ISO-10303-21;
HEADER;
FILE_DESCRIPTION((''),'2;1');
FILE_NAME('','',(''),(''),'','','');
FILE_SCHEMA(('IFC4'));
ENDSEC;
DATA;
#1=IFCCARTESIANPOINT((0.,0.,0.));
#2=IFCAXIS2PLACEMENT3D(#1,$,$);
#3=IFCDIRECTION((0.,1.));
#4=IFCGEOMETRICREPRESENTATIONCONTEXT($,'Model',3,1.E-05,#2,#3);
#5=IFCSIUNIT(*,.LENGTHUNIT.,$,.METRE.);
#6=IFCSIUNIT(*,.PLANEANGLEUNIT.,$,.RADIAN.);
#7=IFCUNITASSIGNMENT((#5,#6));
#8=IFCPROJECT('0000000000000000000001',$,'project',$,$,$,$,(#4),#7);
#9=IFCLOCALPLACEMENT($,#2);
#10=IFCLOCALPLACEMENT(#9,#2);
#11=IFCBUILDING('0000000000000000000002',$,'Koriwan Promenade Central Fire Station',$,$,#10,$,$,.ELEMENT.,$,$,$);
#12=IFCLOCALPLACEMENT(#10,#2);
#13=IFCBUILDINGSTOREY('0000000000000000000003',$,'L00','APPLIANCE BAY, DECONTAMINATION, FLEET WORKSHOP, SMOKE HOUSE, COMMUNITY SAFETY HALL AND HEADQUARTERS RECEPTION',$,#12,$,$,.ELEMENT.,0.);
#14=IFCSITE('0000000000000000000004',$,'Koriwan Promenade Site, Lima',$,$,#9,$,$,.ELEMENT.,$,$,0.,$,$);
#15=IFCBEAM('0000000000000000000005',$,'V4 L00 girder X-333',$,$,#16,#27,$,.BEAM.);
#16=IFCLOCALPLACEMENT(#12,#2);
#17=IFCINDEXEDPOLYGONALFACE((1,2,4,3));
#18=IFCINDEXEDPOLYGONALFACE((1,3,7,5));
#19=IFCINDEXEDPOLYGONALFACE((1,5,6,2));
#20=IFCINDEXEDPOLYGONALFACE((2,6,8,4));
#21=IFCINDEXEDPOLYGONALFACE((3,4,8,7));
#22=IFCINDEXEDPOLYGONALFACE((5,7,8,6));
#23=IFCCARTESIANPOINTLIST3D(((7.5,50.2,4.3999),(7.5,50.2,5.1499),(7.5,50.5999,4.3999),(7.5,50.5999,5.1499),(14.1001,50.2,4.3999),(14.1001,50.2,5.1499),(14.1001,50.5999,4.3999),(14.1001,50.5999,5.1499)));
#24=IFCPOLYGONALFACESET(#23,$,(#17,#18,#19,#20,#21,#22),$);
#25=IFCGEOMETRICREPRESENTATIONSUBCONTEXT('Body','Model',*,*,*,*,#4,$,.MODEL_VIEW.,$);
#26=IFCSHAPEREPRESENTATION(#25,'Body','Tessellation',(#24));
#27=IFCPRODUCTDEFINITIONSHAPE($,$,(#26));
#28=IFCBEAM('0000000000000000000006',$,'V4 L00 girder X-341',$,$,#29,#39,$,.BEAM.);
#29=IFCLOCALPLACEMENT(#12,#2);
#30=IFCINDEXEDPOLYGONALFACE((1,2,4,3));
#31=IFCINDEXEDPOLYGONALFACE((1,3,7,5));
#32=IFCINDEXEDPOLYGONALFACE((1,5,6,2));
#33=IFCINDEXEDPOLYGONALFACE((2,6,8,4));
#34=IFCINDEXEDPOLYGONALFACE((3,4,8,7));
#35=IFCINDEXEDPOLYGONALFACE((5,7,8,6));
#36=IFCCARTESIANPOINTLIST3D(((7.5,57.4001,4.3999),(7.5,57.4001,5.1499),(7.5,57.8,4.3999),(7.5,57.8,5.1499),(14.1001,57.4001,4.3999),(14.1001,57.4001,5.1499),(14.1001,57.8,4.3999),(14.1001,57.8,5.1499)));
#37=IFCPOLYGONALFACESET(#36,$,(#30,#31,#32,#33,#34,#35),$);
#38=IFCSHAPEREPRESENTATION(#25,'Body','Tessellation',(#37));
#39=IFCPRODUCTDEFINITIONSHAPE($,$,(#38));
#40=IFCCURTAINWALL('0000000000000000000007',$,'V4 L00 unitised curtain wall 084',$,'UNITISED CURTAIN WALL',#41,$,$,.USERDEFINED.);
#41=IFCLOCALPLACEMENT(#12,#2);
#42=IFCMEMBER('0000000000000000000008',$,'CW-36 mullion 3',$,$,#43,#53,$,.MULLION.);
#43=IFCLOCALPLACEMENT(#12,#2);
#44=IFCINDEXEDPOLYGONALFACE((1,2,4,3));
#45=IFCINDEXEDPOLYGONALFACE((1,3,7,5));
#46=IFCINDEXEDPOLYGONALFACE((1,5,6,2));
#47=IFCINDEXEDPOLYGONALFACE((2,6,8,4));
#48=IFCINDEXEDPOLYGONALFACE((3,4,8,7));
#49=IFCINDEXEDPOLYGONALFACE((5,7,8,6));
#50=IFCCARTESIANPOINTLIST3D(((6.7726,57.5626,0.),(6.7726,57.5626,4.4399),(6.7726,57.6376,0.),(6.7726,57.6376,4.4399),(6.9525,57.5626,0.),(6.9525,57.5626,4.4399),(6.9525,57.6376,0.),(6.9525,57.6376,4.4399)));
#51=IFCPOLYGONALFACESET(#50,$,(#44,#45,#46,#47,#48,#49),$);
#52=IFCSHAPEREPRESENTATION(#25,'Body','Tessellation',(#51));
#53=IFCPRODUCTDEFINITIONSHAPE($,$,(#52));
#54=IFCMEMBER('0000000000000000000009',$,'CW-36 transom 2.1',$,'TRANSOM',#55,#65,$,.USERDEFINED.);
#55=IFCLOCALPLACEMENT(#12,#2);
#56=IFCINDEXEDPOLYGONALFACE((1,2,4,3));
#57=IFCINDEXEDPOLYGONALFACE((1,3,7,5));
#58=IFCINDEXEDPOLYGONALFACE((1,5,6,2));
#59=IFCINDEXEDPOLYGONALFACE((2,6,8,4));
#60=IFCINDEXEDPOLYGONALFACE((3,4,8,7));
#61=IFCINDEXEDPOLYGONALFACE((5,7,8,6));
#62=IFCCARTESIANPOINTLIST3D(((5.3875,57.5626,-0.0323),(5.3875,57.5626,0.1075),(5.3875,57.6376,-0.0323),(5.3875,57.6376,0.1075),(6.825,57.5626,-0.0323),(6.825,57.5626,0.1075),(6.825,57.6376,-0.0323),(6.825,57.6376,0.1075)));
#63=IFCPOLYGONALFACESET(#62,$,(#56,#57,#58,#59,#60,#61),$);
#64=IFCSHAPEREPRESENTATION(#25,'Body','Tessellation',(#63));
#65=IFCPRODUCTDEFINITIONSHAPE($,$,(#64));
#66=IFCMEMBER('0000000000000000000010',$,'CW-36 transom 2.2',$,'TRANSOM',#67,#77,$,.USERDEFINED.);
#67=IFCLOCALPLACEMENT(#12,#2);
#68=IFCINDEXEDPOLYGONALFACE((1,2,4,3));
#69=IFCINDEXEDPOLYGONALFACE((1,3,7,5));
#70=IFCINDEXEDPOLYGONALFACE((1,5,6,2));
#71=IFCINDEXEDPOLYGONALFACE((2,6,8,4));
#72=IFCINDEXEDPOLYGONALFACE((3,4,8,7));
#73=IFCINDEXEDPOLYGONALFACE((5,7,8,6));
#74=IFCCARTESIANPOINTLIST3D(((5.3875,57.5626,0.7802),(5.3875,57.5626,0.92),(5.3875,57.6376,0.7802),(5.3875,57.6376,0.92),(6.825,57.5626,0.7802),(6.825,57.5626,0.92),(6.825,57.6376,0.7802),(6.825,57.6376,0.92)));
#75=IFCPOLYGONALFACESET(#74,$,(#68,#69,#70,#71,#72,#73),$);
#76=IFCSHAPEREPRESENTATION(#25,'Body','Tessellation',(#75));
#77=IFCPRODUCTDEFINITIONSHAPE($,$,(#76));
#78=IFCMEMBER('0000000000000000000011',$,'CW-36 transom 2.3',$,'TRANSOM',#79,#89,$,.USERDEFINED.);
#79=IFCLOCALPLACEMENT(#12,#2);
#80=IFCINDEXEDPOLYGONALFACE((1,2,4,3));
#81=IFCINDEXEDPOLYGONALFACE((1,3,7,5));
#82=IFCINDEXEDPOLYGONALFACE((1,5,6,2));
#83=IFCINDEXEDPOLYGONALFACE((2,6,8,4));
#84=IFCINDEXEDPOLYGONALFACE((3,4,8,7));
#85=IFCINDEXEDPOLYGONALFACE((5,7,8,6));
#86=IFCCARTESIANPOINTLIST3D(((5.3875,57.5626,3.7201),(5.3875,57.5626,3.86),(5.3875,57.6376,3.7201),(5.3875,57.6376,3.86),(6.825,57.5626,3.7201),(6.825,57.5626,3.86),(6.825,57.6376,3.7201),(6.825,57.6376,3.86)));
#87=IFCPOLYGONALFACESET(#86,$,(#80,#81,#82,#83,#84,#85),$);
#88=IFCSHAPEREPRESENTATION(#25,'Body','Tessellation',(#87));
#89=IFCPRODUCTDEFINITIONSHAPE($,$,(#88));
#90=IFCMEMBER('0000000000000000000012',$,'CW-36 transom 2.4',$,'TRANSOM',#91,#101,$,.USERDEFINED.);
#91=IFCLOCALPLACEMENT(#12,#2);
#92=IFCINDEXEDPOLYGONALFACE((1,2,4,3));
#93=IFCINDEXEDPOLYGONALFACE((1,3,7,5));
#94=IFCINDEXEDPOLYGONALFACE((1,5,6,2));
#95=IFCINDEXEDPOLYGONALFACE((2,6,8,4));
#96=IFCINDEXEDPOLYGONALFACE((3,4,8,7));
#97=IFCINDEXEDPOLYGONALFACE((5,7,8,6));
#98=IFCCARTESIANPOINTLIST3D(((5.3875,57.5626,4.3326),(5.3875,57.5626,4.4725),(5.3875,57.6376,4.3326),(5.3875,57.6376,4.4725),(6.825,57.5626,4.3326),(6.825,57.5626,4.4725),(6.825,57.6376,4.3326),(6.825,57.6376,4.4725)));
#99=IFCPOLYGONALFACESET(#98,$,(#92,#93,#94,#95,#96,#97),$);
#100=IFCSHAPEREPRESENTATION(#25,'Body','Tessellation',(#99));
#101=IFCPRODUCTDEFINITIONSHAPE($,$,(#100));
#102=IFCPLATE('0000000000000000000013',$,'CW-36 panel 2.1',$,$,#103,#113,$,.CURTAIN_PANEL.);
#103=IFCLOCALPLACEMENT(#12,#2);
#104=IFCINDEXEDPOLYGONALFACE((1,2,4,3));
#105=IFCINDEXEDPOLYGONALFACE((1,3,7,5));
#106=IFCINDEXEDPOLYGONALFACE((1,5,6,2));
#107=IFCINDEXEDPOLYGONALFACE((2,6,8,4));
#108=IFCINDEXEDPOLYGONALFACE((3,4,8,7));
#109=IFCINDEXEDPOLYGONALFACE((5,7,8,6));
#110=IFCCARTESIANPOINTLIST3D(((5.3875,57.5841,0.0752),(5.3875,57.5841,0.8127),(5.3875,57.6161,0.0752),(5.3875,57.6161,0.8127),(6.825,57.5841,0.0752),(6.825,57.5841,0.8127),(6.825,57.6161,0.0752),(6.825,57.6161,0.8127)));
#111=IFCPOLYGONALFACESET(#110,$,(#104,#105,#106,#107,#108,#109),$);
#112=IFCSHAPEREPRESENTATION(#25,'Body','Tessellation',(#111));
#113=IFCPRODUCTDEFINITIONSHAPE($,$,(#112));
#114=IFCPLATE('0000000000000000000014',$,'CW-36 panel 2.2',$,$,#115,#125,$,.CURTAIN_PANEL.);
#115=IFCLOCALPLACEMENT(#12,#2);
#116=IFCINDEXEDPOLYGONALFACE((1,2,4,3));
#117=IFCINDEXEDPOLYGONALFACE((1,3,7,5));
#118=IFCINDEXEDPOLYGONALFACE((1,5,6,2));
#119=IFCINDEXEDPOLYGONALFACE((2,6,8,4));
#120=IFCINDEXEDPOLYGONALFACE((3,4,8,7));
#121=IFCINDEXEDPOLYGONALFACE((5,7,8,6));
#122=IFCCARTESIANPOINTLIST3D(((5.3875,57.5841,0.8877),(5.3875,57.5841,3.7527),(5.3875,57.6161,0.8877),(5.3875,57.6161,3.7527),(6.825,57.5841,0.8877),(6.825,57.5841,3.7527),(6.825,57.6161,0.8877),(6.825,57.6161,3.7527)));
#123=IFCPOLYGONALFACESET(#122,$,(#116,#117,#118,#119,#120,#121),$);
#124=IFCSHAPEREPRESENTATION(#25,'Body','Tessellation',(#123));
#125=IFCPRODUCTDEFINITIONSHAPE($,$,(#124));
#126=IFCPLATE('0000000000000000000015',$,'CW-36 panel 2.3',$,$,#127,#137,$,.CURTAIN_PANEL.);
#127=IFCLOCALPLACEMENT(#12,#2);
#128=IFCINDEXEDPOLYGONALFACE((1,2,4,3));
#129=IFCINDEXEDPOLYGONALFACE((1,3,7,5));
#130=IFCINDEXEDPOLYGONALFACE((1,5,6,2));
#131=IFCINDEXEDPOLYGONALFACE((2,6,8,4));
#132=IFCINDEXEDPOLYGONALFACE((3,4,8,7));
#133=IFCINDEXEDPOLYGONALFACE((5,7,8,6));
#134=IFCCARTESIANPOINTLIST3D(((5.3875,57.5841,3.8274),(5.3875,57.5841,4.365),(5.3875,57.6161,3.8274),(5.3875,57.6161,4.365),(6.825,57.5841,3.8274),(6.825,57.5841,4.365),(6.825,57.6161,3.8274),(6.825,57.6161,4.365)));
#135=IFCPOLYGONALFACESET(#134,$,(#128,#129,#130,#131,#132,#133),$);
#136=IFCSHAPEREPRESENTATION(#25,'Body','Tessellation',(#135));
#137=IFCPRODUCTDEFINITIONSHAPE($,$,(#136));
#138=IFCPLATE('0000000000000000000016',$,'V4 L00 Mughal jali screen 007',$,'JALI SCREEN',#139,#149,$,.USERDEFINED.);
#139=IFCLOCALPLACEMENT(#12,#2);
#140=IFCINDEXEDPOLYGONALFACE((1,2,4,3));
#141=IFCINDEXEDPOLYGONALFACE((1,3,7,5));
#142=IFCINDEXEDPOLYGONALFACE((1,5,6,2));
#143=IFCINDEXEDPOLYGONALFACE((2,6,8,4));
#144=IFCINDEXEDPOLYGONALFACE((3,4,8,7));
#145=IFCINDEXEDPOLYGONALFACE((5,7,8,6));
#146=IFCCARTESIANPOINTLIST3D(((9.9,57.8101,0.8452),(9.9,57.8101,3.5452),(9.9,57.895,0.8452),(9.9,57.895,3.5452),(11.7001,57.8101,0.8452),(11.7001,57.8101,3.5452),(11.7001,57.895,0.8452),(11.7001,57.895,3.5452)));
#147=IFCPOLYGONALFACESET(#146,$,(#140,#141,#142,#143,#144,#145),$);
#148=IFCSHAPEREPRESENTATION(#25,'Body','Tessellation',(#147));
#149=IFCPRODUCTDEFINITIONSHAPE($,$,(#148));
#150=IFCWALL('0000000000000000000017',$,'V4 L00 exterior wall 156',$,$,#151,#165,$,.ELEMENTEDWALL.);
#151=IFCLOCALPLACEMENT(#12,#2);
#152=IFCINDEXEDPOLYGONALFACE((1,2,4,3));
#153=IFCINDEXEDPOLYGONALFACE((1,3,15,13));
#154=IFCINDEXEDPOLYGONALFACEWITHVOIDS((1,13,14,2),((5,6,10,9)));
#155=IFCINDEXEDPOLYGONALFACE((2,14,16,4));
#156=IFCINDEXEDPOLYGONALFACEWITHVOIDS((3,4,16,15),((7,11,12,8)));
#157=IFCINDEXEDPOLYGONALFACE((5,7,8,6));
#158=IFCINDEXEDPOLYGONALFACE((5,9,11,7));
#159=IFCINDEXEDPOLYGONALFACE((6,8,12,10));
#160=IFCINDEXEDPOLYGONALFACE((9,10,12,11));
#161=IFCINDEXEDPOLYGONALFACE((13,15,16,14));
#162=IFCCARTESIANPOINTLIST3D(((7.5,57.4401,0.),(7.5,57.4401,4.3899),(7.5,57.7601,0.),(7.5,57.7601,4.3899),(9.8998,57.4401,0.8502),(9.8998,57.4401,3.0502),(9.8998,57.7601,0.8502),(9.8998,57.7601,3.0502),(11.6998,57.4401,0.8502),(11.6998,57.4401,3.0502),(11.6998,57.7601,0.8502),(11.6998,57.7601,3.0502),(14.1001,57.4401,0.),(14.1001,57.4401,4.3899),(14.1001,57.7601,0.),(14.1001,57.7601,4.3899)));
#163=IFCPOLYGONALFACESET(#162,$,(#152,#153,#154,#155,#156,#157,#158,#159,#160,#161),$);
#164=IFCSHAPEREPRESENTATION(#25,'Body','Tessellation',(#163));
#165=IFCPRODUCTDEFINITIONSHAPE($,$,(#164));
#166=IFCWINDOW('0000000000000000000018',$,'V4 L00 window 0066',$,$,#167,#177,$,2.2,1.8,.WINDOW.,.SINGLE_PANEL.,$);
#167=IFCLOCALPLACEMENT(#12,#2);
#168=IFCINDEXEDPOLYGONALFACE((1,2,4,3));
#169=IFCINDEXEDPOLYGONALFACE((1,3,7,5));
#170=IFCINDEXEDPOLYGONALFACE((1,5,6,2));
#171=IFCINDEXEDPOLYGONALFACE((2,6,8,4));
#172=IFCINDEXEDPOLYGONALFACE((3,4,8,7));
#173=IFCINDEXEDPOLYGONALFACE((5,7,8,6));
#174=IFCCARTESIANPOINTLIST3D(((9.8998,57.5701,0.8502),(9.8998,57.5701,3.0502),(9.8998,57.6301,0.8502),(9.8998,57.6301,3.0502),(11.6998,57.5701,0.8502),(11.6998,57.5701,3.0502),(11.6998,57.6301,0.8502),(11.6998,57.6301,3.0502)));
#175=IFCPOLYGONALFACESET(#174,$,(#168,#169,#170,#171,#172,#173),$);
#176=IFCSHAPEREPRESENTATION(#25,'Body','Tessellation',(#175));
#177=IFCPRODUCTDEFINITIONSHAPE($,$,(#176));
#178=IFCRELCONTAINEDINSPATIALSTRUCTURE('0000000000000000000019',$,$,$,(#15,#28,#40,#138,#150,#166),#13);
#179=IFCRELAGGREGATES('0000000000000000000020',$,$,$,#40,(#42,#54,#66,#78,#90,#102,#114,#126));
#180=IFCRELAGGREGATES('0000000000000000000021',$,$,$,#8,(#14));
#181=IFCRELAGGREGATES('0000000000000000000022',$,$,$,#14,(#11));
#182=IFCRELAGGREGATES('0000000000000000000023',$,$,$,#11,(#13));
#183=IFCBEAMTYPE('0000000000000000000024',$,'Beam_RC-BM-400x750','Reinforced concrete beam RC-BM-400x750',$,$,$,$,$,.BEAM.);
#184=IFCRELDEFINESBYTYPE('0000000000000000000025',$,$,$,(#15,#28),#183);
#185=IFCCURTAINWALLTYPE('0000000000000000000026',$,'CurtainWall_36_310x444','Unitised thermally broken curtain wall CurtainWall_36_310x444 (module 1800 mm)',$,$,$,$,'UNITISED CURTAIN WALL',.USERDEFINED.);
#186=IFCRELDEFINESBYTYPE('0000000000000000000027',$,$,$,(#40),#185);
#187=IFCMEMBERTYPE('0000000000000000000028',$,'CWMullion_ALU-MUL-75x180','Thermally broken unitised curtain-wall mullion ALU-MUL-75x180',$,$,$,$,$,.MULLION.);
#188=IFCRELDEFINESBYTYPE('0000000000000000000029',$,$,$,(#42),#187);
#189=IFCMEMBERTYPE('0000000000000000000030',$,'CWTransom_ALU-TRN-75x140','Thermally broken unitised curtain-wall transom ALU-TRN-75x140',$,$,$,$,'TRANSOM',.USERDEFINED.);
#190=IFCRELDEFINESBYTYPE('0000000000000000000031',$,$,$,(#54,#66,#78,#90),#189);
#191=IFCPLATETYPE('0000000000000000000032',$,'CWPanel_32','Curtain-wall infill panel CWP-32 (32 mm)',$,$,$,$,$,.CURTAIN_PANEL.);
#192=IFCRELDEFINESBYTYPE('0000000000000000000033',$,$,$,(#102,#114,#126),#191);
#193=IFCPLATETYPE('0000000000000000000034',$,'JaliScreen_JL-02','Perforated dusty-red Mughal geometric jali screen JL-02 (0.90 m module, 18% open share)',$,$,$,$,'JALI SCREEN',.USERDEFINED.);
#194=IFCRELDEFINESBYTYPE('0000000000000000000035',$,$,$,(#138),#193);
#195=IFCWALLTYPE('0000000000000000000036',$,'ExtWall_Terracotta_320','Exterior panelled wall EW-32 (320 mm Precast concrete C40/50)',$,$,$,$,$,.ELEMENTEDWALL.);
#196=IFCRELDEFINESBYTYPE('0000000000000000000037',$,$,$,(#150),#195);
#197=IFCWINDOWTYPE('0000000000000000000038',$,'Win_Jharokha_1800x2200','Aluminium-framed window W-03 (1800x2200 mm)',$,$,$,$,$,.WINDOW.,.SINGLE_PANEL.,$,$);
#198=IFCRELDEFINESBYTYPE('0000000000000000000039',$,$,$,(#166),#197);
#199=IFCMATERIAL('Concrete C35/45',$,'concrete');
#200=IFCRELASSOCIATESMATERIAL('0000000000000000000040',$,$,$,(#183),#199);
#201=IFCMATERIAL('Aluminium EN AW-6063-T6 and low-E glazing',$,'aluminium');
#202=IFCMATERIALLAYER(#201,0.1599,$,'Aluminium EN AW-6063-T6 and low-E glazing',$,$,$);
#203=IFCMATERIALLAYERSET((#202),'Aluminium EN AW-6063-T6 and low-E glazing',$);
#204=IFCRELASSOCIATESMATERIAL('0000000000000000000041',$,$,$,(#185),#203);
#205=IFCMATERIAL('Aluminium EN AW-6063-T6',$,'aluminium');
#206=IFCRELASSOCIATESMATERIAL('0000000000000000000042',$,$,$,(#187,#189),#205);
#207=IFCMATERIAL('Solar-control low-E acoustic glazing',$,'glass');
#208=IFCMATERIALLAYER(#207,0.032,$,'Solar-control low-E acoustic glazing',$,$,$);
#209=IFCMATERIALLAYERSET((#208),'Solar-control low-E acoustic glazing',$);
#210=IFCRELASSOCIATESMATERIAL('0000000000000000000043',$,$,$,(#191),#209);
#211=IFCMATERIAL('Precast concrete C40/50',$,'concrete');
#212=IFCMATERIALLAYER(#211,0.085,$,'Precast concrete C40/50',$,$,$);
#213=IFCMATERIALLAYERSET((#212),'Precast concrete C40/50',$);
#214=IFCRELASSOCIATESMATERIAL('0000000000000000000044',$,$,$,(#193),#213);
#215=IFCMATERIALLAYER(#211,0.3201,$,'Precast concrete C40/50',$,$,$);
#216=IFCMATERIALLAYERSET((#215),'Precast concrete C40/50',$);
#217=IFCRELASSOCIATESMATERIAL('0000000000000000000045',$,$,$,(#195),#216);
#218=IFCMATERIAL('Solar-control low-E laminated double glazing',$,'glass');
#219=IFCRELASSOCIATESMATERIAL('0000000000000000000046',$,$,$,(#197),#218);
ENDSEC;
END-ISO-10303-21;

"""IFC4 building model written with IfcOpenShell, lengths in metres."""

from ifc_helpers import new_model, si_unit, direction, frame, frame_2d, origin, origin_2d, place, context, subcontext, project, spatial, rectangle, extrude, material, layer, layer_set, material_profile, profile_set, type_object, element, fill, aggregate, save


model = new_model("IFC4")

# Units and contexts
model_context = context("Model", 3, precision=1e-05, world=origin(), true_north=direction((0.0, 1.0)))
body_context = subcontext(model_context, "Body", "Model", "MODEL_VIEW")
ifc_project = project(units=[si_unit("LENGTHUNIT", "METRE"), si_unit("PLANEANGLEUNIT", "RADIAN")], contexts=[model_context])

# Site, building, storey
site_placement = place(None, origin())
site = spatial("IfcSite", under=ifc_project, at=site_placement, Name="Koriwan Promenade Site, Lima", CompositionType="ELEMENT", RefElevation=0.0)
building_placement = place(site_placement, origin())
building = spatial("IfcBuilding", under=site, at=building_placement, Name="Koriwan Promenade Central Fire Station", CompositionType="ELEMENT")
storey_placement = place(building_placement, origin())
storey = spatial("IfcBuildingStorey", under=building, at=storey_placement, Name="L00", Description="APPLIANCE BAY, DECONTAMINATION, FLEET WORKSHOP, SMOKE HOUSE, COMMUNITY SAFETY HALL AND HEADQUARTERS RECEPTION", CompositionType="ELEMENT", Elevation=0.0)

# Shared definitions
ifc_material_1 = material(Name="Concrete C35/45", Category="concrete")

# Beams
ifc_material_profile_1 = material_profile(ifc_material_1, rectangle(XDim=0.3999, YDim=0.75, at=origin_2d()), Name="RC-BM-400x750")
ifc_profile_set_1 = profile_set([ifc_material_profile_1], Name="Concrete C35/45")
beam_type_1 = type_object("IfcBeamType", Name="Beam_RC-BM-400x750", Description="Reinforced concrete beam RC-BM-400x750", PredefinedType="BEAM", material=ifc_profile_set_1)
for number, where, z_axis, x_axis, name in (
    (1, (7.5, 50.3999, 4.7749), (1.0, 0.0, 0.0), (0.0, 1.0, 0.0), "V4 L00 girder X-333"),
    (2, (7.5, 57.6001, 4.7749), (1.0, 0.0, 0.0), (0.0, 1.0, 0.0), "V4 L00 girder X-341"),
):
    element("IfcBeam", number, at=place(storey_placement, frame(where, z_axis=z_axis, x_axis=x_axis)), inside=storey, type_object=beam_type_1, Name=name, PredefinedType="BEAM", context=body_context, shape_type="SweptSolid", body=[
        extrude(rectangle(XDim=0.3999, YDim=0.75, at=origin_2d()), origin(), (0.0, 0.0, 1.0), 6.6001),
    ])

# Curtain wall, members, plates
ifc_material_2 = material(Name="Aluminium EN AW-6063-T6 and low-E glazing", Category="aluminium")
ifc_layer_1 = layer(ifc_material_2, 0.1599, Name="Aluminium EN AW-6063-T6 and low-E glazing")
ifc_layer_set_1 = layer_set([ifc_layer_1], Name="Aluminium EN AW-6063-T6 and low-E glazing")
curtain_wall_type = type_object("IfcCurtainWallType", Name="CurtainWall_36_310x444", Description="Unitised thermally broken curtain wall CurtainWall_36_310x444 (module 1800 mm)", ElementType="UNITISED CURTAIN WALL", PredefinedType="USERDEFINED", material=ifc_layer_set_1)
curtain_wall_placement = place(storey_placement, origin())
curtain_wall = element("IfcCurtainWall", 3, at=curtain_wall_placement, inside=storey, type_object=curtain_wall_type, Name="V4 L00 unitised curtain wall 084", ObjectType="UNITISED CURTAIN WALL", PredefinedType="USERDEFINED")
ifc_material_3 = material(Name="Aluminium EN AW-6063-T6", Category="aluminium")
ifc_material_profile_2 = material_profile(ifc_material_3, rectangle(XDim=0.075, YDim=0.1799, at=origin_2d()), Name="ALU-MUL-75x180")
ifc_profile_set_2 = profile_set([ifc_material_profile_2], Name="Aluminium EN AW-6063-T6")
member_type_1 = type_object("IfcMemberType", Name="CWMullion_ALU-MUL-75x180", Description="Thermally broken unitised curtain-wall mullion ALU-MUL-75x180", PredefinedType="MULLION", material=ifc_profile_set_2)
member_1_placement = place(storey_placement, frame((6.8625, 57.6001, 0.0), z_axis=(0.0, 0.0, 1.0), x_axis=(0.0, 1.0, 0.0)))
member_1 = element("IfcMember", 4, at=member_1_placement, type_object=member_type_1, Name="CW-36 mullion 3", PredefinedType="MULLION", context=body_context, shape_type="SweptSolid", body=[
    extrude(rectangle(XDim=0.075, YDim=0.1799, at=origin_2d()), origin(), (0.0, 0.0, 1.0), 4.4399),
])
ifc_material_profile_3 = material_profile(ifc_material_3, rectangle(XDim=0.075, YDim=0.1399, at=origin_2d()), Name="ALU-TRN-75x140")
ifc_profile_set_3 = profile_set([ifc_material_profile_3], Name="Aluminium EN AW-6063-T6")
member_type_2 = type_object("IfcMemberType", Name="CWTransom_ALU-TRN-75x140", Description="Thermally broken unitised curtain-wall transom ALU-TRN-75x140", ElementType="TRANSOM", PredefinedType="USERDEFINED", material=ifc_profile_set_3)
member_2_placement = place(storey_placement, frame((5.3875, 57.6001, 0.0376), z_axis=(1.0, 0.0, 0.0), x_axis=(0.0, 1.0, 0.0)))
member_2 = element("IfcMember", 5, at=member_2_placement, type_object=member_type_2, Name="CW-36 transom 2.1", ObjectType="TRANSOM", PredefinedType="USERDEFINED", context=body_context, shape_type="SweptSolid", body=[
    extrude(rectangle(XDim=0.075, YDim=0.1399, at=origin_2d()), origin(), (0.0, 0.0, 1.0), 1.4375),
])
member_3_placement = place(storey_placement, frame((5.3875, 57.6001, 0.8501), z_axis=(1.0, 0.0, 0.0), x_axis=(0.0, 1.0, 0.0)))
member_3 = element("IfcMember", 6, at=member_3_placement, type_object=member_type_2, Name="CW-36 transom 2.2", ObjectType="TRANSOM", PredefinedType="USERDEFINED", context=body_context, shape_type="SweptSolid", body=[
    extrude(rectangle(XDim=0.075, YDim=0.1399, at=origin_2d()), origin(), (0.0, 0.0, 1.0), 1.4375),
])
member_4_placement = place(storey_placement, frame((5.3875, 57.6001, 3.79), z_axis=(1.0, 0.0, 0.0), x_axis=(0.0, 1.0, 0.0)))
member_4 = element("IfcMember", 7, at=member_4_placement, type_object=member_type_2, Name="CW-36 transom 2.3", ObjectType="TRANSOM", PredefinedType="USERDEFINED", context=body_context, shape_type="SweptSolid", body=[
    extrude(rectangle(XDim=0.075, YDim=0.1399, at=origin_2d()), origin(), (0.0, 0.0, 1.0), 1.4375),
])
member_5_placement = place(storey_placement, frame((5.3875, 57.6001, 4.4026), z_axis=(1.0, 0.0, 0.0), x_axis=(0.0, 1.0, 0.0)))
member_5 = element("IfcMember", 8, at=member_5_placement, type_object=member_type_2, Name="CW-36 transom 2.4", ObjectType="TRANSOM", PredefinedType="USERDEFINED", context=body_context, shape_type="SweptSolid", body=[
    extrude(rectangle(XDim=0.075, YDim=0.1399, at=origin_2d()), origin(), (0.0, 0.0, 1.0), 1.4375),
])
ifc_material_4 = material(Name="Solar-control low-E acoustic glazing", Category="glass")
ifc_layer_2 = layer(ifc_material_4, 0.032, Name="Solar-control low-E acoustic glazing")
ifc_layer_set_2 = layer_set([ifc_layer_2], Name="Solar-control low-E acoustic glazing")
plate_type_1 = type_object("IfcPlateType", Name="CWPanel_32", Description="Curtain-wall infill panel CWP-32 (32 mm)", PredefinedType="CURTAIN_PANEL", material=ifc_layer_set_2)
plate_1_placement = place(storey_placement, frame((6.1062, 57.6001, 0.0752), z_axis=(0.0, 0.0, 1.0), x_axis=(1.0, 0.0, 0.0)))
plate_1 = element("IfcPlate", 9, at=plate_1_placement, type_object=plate_type_1, Name="CW-36 panel 2.1", PredefinedType="CURTAIN_PANEL", context=body_context, shape_type="SweptSolid", body=[
    extrude(rectangle(XDim=1.4375, YDim=0.032, at=origin_2d()), origin(), (0.0, 0.0, 1.0), 0.7375),
])
plate_2_placement = place(storey_placement, frame((6.1062, 57.6001, 0.8877), z_axis=(0.0, 0.0, 1.0), x_axis=(1.0, 0.0, 0.0)))
plate_2 = element("IfcPlate", 10, at=plate_2_placement, type_object=plate_type_1, Name="CW-36 panel 2.2", PredefinedType="CURTAIN_PANEL", context=body_context, shape_type="SweptSolid", body=[
    extrude(rectangle(XDim=1.4375, YDim=0.032, at=origin_2d()), origin(), (0.0, 0.0, 1.0), 2.865),
])
plate_3_placement = place(storey_placement, frame((6.1062, 57.6001, 3.8274), z_axis=(0.0, 0.0, 1.0), x_axis=(1.0, 0.0, 0.0)))
plate_3 = element("IfcPlate", 11, at=plate_3_placement, type_object=plate_type_1, Name="CW-36 panel 2.3", PredefinedType="CURTAIN_PANEL", context=body_context, shape_type="SweptSolid", body=[
    extrude(rectangle(XDim=1.4375, YDim=0.032, at=origin_2d()), origin(), (0.0, 0.0, 1.0), 0.5376),
])
aggregate(curtain_wall, [member_1, member_2, member_3, member_4, member_5, plate_1, plate_2, plate_3])

# Plate
ifc_material_5 = material(Name="Precast concrete C40/50", Category="concrete")
ifc_layer_3 = layer(ifc_material_5, 0.085, Name="Precast concrete C40/50")
ifc_layer_set_3 = layer_set([ifc_layer_3], Name="Precast concrete C40/50")
plate_type_2 = type_object("IfcPlateType", Name="JaliScreen_JL-02", Description="Perforated dusty-red Mughal geometric jali screen JL-02 (0.90 m module, 18% open share)", ElementType="JALI SCREEN", PredefinedType="USERDEFINED", material=ifc_layer_set_3)
plate_4_placement = place(storey_placement, frame((10.8, 57.8525, 0.8452), z_axis=(0.0, 0.0, 1.0), x_axis=(1.0, 0.0, 0.0)))
element("IfcPlate", 12, at=plate_4_placement, inside=storey, type_object=plate_type_2, Name="V4 L00 Mughal jali screen 007", ObjectType="JALI SCREEN", PredefinedType="USERDEFINED", context=body_context, shape_type="SweptSolid", body=[
    extrude(rectangle(XDim=1.8, YDim=0.085, at=origin_2d()), origin(), (0.0, 0.0, 1.0), 2.7),
])

# Wall, opening, window
ifc_layer_4 = layer(ifc_material_5, 0.3201, Name="Precast concrete C40/50")
ifc_layer_set_4 = layer_set([ifc_layer_4], Name="Precast concrete C40/50")
wall_type_1 = type_object("IfcWallType", Name="ExtWall_Terracotta_320", Description="Exterior panelled wall EW-32 (320 mm Precast concrete C40/50)", PredefinedType="ELEMENTEDWALL", material=ifc_layer_set_4)
wall_1_placement = place(storey_placement, frame((7.5, 57.6001, 0.0), z_axis=(0.0, 0.0, 1.0), x_axis=(1.0, 0.0, 0.0)))
wall_1 = element("IfcWall", 13, at=wall_1_placement, inside=storey, type_object=wall_type_1, Name="V4 L00 exterior wall 156", PredefinedType="ELEMENTEDWALL", context=body_context, shape_type="SweptSolid", body=[
    extrude(rectangle(XDim=6.6001, YDim=0.3201, at=frame_2d((3.3, 0.0))), origin(), (0.0, 0.0, 1.0), 4.3899),
])
opening_placement = place(wall_1_placement, frame((2.3999, 0.0, 0.8501)))
opening = element("IfcOpeningElement", 14, at=opening_placement, cuts=wall_1, PredefinedType="OPENING", context=body_context, shape_type="SweptSolid", body=[
    extrude(rectangle(XDim=1.8, YDim=2.2, at=frame_2d((0.8999, 1.1001))), frame((0.0, 0.1719, 0.0), z_axis=(0.0, -1.0, 0.0), x_axis=(1.0, 0.0, 0.0)), (0.0, 0.0, 1.0), 0.344),
])
ifc_material_6 = material(Name="Solar-control low-E laminated double glazing", Category="glass")
window_type = type_object("IfcWindowType", Name="Win_Jharokha_1800x2200", Description="Aluminium-framed window W-03 (1800x2200 mm)", PartitioningType="SINGLE_PANEL", PredefinedType="WINDOW", material=ifc_material_6)
window_placement = place(opening_placement, origin())
window = element("IfcWindow", 15, at=window_placement, inside=storey, type_object=window_type, Name="V4 L00 window 0066", OverallHeight=2.2, OverallWidth=1.8, PartitioningType="SINGLE_PANEL", PredefinedType="WINDOW", context=body_context, shape_type="SweptSolid", body=[
    extrude(rectangle(XDim=1.8, YDim=2.2, at=frame_2d((0.8999, 1.1001))), frame((0.0, 0.03, 0.0), z_axis=(0.0, -1.0, 0.0), x_axis=(1.0, 0.0, 0.0)), (0.0, 0.0, 1.0), 0.0601),
])
fill(opening, window)

save(model, "model.ifc")
